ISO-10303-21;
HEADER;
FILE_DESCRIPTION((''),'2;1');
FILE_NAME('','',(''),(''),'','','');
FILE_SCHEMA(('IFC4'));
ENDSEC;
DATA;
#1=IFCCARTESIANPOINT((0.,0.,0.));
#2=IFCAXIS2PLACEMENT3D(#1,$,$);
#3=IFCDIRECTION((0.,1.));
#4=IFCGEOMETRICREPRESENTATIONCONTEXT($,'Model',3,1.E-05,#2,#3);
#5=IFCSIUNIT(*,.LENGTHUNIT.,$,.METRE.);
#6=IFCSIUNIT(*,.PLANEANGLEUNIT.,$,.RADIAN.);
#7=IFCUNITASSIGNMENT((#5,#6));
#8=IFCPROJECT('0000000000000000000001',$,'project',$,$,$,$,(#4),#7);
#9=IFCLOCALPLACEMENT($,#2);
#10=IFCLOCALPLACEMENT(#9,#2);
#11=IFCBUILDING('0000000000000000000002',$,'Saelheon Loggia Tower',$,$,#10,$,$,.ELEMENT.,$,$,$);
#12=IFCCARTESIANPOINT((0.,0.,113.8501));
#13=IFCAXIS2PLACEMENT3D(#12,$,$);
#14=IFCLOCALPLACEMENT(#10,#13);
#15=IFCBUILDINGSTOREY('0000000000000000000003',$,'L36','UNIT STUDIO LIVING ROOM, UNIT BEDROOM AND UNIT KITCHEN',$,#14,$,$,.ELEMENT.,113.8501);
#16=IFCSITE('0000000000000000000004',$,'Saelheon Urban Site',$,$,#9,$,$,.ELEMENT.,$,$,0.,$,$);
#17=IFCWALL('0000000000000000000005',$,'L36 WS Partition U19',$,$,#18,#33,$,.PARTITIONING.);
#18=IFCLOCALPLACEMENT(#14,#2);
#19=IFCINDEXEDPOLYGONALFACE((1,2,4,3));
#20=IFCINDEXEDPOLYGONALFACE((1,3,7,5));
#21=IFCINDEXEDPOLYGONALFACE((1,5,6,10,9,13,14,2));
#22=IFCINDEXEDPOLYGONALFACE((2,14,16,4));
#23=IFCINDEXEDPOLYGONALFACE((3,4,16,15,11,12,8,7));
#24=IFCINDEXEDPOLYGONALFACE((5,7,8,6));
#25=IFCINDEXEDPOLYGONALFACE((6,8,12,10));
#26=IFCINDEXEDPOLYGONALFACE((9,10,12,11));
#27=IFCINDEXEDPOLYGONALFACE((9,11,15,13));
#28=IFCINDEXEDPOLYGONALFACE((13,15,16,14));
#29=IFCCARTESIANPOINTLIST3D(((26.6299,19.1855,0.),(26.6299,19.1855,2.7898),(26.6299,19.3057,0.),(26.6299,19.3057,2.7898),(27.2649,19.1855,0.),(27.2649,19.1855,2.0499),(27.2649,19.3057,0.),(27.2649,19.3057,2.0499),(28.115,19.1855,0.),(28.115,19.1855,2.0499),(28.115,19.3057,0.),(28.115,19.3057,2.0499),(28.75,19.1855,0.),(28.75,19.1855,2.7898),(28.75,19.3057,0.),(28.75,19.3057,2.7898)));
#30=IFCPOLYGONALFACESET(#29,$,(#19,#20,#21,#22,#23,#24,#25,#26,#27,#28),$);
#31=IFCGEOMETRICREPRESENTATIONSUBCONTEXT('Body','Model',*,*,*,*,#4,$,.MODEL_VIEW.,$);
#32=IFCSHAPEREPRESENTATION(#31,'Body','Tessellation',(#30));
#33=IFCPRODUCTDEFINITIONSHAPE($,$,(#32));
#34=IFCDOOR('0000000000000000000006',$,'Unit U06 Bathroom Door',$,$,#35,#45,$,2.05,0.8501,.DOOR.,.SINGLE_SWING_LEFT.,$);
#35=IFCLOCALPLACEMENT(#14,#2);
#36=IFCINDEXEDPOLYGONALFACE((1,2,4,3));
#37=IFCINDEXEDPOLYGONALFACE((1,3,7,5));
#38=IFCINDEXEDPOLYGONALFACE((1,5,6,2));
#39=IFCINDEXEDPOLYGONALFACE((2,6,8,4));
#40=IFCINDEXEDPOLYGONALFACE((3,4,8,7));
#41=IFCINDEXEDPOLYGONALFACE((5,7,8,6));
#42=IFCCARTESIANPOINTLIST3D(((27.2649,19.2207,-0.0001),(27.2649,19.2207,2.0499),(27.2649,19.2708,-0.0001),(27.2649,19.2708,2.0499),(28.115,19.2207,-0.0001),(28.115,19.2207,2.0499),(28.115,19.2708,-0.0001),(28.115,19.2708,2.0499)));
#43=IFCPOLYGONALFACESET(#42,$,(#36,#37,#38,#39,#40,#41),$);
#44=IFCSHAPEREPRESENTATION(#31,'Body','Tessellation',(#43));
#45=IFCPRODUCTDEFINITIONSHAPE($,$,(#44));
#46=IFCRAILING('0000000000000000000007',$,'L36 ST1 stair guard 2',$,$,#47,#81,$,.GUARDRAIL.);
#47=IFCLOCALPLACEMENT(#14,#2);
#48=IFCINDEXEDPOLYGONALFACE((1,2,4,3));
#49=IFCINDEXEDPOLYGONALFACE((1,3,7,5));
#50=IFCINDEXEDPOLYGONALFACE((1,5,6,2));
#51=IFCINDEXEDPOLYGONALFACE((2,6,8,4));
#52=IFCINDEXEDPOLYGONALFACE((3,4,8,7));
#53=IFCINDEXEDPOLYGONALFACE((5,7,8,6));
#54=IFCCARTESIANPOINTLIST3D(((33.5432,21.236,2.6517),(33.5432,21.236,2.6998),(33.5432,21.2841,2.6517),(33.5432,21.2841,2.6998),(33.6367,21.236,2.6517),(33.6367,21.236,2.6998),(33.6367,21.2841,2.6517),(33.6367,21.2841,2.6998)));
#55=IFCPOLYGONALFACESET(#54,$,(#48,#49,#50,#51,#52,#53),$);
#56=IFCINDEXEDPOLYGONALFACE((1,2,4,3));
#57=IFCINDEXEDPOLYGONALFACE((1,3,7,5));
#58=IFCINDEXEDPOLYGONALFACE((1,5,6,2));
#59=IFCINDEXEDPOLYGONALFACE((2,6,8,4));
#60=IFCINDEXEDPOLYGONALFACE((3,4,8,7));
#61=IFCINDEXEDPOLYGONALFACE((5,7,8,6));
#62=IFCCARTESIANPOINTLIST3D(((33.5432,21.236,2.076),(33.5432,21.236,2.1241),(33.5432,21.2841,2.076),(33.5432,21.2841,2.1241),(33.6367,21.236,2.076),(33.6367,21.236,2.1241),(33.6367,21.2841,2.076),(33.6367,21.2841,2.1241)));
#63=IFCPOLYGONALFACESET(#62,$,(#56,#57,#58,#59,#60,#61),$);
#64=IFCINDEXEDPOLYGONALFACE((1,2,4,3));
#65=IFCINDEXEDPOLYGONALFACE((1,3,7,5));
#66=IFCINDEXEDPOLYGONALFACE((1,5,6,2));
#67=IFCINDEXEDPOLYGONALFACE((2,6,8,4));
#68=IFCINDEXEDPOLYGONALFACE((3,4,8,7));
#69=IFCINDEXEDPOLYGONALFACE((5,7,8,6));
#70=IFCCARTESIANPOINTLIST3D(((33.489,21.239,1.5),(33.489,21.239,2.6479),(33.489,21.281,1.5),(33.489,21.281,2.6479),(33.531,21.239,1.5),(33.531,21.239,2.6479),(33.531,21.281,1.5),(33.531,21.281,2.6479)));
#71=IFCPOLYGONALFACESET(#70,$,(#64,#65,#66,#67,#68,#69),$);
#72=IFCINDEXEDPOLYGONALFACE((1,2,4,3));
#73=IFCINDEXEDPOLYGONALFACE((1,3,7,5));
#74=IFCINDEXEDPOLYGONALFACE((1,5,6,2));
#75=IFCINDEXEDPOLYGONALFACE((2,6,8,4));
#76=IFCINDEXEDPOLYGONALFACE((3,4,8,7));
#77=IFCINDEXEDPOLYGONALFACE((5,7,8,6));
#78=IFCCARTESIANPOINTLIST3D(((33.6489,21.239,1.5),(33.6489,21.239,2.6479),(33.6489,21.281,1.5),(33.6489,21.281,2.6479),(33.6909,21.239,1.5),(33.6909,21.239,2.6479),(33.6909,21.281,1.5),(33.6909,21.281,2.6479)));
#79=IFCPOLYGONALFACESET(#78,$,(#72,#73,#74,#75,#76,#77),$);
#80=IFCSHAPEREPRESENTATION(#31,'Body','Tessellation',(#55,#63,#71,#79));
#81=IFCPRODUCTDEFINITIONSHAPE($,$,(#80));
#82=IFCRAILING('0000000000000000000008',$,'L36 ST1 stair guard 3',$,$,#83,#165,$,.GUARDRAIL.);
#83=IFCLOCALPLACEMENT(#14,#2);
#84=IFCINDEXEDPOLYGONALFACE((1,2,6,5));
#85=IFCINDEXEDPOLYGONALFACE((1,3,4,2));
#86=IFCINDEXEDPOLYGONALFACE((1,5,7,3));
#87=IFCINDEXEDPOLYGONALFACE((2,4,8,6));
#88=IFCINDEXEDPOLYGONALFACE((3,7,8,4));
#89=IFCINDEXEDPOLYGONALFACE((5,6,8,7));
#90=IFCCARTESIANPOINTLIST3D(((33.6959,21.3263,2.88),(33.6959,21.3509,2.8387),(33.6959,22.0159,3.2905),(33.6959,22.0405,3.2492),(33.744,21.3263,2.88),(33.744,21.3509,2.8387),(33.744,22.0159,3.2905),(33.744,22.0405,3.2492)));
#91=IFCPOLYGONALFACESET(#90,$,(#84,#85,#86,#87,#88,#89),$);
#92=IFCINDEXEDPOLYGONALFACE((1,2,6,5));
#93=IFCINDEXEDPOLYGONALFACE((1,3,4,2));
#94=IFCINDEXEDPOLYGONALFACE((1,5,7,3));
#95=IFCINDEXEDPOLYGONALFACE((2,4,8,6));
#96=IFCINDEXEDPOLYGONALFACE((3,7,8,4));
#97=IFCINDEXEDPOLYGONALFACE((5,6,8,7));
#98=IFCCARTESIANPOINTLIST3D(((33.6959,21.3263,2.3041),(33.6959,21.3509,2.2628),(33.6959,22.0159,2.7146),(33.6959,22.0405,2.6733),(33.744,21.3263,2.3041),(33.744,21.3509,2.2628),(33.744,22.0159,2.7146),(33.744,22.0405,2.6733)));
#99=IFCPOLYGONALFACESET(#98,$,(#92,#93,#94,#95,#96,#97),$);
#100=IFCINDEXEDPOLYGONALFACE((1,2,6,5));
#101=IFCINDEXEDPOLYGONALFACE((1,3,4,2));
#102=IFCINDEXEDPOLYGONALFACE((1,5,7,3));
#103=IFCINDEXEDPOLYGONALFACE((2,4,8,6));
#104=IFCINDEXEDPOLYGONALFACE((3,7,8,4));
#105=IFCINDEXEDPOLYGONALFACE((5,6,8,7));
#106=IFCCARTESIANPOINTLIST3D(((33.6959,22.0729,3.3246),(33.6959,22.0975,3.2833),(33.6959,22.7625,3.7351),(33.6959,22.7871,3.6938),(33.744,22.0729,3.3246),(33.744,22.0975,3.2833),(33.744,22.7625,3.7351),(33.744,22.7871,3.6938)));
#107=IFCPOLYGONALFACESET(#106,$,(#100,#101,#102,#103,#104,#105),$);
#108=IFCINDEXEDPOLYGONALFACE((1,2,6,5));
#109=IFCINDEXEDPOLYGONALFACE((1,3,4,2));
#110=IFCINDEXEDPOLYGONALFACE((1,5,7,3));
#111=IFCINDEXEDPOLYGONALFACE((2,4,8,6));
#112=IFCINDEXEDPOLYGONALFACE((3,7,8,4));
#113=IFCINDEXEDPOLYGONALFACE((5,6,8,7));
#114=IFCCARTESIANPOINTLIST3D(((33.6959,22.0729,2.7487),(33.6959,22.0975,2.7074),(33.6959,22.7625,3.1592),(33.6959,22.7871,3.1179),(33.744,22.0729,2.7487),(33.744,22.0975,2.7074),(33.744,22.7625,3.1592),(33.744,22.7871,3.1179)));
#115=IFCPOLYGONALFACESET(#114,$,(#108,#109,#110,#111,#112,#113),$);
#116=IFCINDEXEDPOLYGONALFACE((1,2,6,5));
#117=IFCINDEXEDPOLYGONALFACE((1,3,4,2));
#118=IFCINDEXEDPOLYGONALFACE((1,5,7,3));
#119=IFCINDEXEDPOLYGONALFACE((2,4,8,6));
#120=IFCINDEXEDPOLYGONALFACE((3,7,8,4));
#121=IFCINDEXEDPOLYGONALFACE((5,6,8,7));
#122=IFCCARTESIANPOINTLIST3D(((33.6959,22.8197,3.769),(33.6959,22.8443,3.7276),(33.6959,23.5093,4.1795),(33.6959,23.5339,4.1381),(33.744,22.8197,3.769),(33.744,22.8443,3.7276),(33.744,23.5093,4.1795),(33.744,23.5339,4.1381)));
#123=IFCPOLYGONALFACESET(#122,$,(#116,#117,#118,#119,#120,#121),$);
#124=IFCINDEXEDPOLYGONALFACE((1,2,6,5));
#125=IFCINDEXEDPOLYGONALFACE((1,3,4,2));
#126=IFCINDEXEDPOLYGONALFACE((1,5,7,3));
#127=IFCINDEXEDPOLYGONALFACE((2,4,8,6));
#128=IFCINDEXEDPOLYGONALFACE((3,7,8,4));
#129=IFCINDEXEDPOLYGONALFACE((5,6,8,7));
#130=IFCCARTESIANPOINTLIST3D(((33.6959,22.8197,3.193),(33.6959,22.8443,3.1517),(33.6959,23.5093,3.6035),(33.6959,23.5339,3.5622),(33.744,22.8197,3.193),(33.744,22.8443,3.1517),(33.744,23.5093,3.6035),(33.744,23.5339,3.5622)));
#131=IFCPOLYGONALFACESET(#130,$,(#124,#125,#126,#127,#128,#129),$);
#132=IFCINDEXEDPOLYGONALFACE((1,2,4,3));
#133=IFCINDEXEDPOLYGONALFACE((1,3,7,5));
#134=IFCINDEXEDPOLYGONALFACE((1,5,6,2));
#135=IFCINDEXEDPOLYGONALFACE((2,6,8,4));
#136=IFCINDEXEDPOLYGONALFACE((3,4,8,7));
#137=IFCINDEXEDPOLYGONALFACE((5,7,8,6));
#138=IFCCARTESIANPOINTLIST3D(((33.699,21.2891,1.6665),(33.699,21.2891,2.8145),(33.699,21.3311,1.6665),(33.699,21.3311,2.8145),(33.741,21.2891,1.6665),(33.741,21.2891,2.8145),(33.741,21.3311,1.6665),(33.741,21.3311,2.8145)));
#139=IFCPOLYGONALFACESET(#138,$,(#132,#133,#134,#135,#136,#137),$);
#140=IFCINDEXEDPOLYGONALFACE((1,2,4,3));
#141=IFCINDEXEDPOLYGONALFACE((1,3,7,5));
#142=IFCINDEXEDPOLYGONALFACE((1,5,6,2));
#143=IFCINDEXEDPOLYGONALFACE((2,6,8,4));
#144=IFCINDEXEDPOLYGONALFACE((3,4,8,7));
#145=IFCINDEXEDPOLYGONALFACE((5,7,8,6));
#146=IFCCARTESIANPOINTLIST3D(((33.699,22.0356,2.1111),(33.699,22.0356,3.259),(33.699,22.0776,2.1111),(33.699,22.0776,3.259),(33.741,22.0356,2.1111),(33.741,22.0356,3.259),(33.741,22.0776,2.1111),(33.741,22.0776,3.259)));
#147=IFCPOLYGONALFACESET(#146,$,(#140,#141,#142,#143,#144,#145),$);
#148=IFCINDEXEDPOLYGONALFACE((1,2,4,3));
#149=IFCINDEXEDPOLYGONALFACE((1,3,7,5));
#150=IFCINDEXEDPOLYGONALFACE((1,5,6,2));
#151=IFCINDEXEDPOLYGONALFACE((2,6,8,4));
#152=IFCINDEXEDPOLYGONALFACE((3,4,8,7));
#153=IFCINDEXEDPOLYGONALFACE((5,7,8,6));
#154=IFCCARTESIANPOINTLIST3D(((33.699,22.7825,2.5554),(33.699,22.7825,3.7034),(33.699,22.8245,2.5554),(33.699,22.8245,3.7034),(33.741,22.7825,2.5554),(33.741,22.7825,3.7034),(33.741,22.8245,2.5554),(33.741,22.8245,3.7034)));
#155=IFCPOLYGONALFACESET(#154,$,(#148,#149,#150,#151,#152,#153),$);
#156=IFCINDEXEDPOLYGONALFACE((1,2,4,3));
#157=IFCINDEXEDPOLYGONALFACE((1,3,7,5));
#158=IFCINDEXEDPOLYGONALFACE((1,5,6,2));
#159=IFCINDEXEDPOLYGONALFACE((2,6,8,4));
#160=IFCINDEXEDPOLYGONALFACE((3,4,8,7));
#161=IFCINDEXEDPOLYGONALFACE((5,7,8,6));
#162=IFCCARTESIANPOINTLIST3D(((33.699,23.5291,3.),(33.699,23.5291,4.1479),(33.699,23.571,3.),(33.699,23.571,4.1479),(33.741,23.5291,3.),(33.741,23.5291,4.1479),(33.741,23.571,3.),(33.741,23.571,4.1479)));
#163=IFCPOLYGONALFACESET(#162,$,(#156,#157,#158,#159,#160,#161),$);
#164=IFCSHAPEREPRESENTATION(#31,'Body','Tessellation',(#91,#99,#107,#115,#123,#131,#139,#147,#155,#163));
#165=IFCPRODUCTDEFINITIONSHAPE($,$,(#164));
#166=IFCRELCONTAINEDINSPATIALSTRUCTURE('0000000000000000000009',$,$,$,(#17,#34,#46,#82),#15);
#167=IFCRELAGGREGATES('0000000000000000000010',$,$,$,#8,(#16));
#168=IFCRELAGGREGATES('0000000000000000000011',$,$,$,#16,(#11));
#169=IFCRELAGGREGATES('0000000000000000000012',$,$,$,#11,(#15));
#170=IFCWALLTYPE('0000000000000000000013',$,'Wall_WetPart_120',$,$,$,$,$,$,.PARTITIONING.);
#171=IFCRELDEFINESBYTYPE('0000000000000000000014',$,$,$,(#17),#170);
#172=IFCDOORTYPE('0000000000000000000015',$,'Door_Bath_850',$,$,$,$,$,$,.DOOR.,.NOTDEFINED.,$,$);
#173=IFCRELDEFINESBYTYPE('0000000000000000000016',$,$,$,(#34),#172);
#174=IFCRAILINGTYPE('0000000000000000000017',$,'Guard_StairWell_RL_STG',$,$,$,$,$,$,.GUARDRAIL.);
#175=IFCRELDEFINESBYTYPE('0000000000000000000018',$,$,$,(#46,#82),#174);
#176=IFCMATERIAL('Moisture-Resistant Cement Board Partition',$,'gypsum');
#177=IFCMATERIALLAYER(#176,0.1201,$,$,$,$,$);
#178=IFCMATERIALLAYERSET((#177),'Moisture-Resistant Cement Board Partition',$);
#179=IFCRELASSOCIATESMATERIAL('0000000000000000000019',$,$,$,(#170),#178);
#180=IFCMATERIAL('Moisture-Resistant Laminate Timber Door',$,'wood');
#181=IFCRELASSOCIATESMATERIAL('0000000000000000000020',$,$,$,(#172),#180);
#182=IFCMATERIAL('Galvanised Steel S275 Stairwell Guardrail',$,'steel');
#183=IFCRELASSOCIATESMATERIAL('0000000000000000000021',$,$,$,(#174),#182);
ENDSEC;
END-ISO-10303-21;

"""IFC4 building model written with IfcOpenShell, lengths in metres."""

from ifc_helpers import new_model, si_unit, direction, frame, frame_2d, origin, origin_2d, place, context, subcontext, project, spatial, rectangle, extrude, source, transform, mapped, material, layer, layer_set, type_object, element, fill, save


model = new_model("IFC4")

# Units and contexts
model_context = context("Model", 3, precision=1e-05, world=origin(), true_north=direction((0.0, 1.0)))
body_context = subcontext(model_context, "Body", "Model", "MODEL_VIEW")
ifc_project = project(units=[si_unit("LENGTHUNIT", "METRE"), si_unit("PLANEANGLEUNIT", "RADIAN")], contexts=[model_context])

# Site, building, storey
site_placement = place(None, origin())
site = spatial("IfcSite", under=ifc_project, at=site_placement, Name="Saelheon Urban Site", CompositionType="ELEMENT", RefElevation=0.0)
building_placement = place(site_placement, origin())
building = spatial("IfcBuilding", under=site, at=building_placement, Name="Saelheon Loggia Tower", CompositionType="ELEMENT")
storey_placement = place(building_placement, frame((0.0, 0.0, 113.8501)))
storey = spatial("IfcBuildingStorey", under=building, at=storey_placement, Name="L36", Description="UNIT STUDIO LIVING ROOM, UNIT BEDROOM AND UNIT KITCHEN", CompositionType="ELEMENT", Elevation=113.8501)

# Wall, opening, door
ifc_material_1 = material(Name="Moisture-Resistant Cement Board Partition", Category="gypsum")
ifc_layer_1 = layer(ifc_material_1, 0.1201)
ifc_layer_set_1 = layer_set([ifc_layer_1], Name="Moisture-Resistant Cement Board Partition")
wall_type_1 = type_object("IfcWallType", Name="Wall_WetPart_120", PredefinedType="PARTITIONING", material=ifc_layer_set_1)
ifc_material_2 = material(Name="Moisture-Resistant Laminate Timber Door", Category="wood")
door_type_1 = type_object("IfcDoorType", Name="Door_Bath_850", OperationType="NOTDEFINED", PredefinedType="DOOR", material=ifc_material_2)
shared_shape_1 = source(origin(), body_context, "Body", "SweptSolid", [
    extrude(rectangle(XDim=0.8501, YDim=2.05, at=frame_2d((0.425, 1.0249))), frame((0.0, 0.0249, 0.0), z_axis=(0.0, -1.0, 0.0), x_axis=(1.0, 0.0, 0.0)), (0.0, 0.0, 1.0), 0.05),
])
wall_1_placement = place(storey_placement, frame((28.75, 19.2456, 0.0), z_axis=(0.0, 0.0, 1.0), x_axis=(-1.0, 0.0, 0.0)))
wall_1 = element("IfcWall", 1, at=wall_1_placement, inside=storey, type_object=wall_type_1, Name="L36 WS Partition U19", PredefinedType="PARTITIONING", context=body_context, shape_type="SweptSolid", body=[
    extrude(rectangle(XDim=2.1201, YDim=0.1201, at=frame_2d((1.0601, 0.0))), origin(), (0.0, 0.0, 1.0), 2.7898),
])
opening_1_placement = place(wall_1_placement, frame((0.635, 0.0, 0.0)))
opening_1 = element("IfcOpeningElement", 2, at=opening_1_placement, cuts=wall_1, PredefinedType="OPENING", context=body_context, shape_type="SweptSolid", body=[
    extrude(rectangle(XDim=0.8501, YDim=2.05, at=frame_2d((0.425, 1.0249))), frame((0.0, 0.072, 0.0), z_axis=(0.0, -1.0, 0.0), x_axis=(1.0, 0.0, 0.0)), (0.0, 0.0, 1.0), 0.144),
])
door_1_placement = place(opening_1_placement, origin())
door_1 = element("IfcDoor", 3, at=door_1_placement, inside=storey, type_object=door_type_1, Name="Unit U06 Bathroom Door", OperationType="SINGLE_SWING_LEFT", OverallHeight=2.05, OverallWidth=0.8501, PredefinedType="DOOR", context=body_context, shape_type="MappedRepresentation", body=[
    mapped(shared_shape_1, transform((0.0, 0.0, 0.0), scale=1.0)),
])
fill(opening_1, door_1)

# Railings
ifc_material_3 = material(Name="Galvanised Steel S275 Stairwell Guardrail", Category="steel")
railing_type_1 = type_object("IfcRailingType", Name="Guard_StairWell_RL_STG", PredefinedType="GUARDRAIL", material=ifc_material_3)
railing_1_placement = place(storey_placement, frame((33.51, 21.26, 1.5)))
element("IfcRailing", 4, at=railing_1_placement, inside=storey, type_object=railing_type_1, Name="L36 ST1 stair guard 2", PredefinedType="GUARDRAIL", context=body_context, shape_type="SweptSolid", body=[
    extrude(rectangle(XDim=0.0481, YDim=0.0481, at=origin_2d()), frame((0.0332, 0.0, 1.1758), z_axis=(1.0, 0.0, 0.0), x_axis=(0.0, 1.0, 0.0)), (0.0, 0.0, 1.0), 0.0935),
    extrude(rectangle(XDim=0.0481, YDim=0.0481, at=origin_2d()), frame((0.0332, 0.0, 0.6001), z_axis=(1.0, 0.0, 0.0), x_axis=(0.0, 1.0, 0.0)), (0.0, 0.0, 1.0), 0.0935),
    extrude(rectangle(XDim=0.042, YDim=0.042, at=origin_2d()), origin(), (0.0, 0.0, 1.0), 1.1479),
    extrude(rectangle(XDim=0.042, YDim=0.042, at=origin_2d()), frame((0.1599, 0.0, 0.0)), (0.0, 0.0, 1.0), 1.1479),
])
railing_2_placement = place(storey_placement, frame((33.72, 21.3101, 1.6665)))
element("IfcRailing", 5, at=railing_2_placement, inside=storey, type_object=railing_type_1, Name="L36 ST1 stair guard 3", PredefinedType="GUARDRAIL", context=body_context, shape_type="SweptSolid", body=[
    extrude(rectangle(XDim=0.0481, YDim=0.0481, at=origin_2d()), frame((0.0, 0.0286, 1.1929), z_axis=(0.0, 0.859264, 0.511532), x_axis=(-1.0, 0.0, 0.0)), (0.0, 0.0, 1.0), 0.8025),
    extrude(rectangle(XDim=0.0481, YDim=0.0481, at=origin_2d()), frame((0.0, 0.0286, 0.6169), z_axis=(0.0, 0.859264, 0.511532), x_axis=(-1.0, 0.0, 0.0)), (0.0, 0.0, 1.0), 0.8025),
    extrude(rectangle(XDim=0.0481, YDim=0.0481, at=origin_2d()), frame((0.0, 0.7751, 1.6375), z_axis=(0.0, 0.859264, 0.511532), x_axis=(-1.0, 0.0, 0.0)), (0.0, 0.0, 1.0), 0.8025),
    extrude(rectangle(XDim=0.0481, YDim=0.0481, at=origin_2d()), frame((0.0, 0.7751, 1.0615), z_axis=(0.0, 0.859264, 0.511532), x_axis=(-1.0, 0.0, 0.0)), (0.0, 0.0, 1.0), 0.8025),
    extrude(rectangle(XDim=0.0481, YDim=0.0481, at=origin_2d()), frame((0.0, 1.522, 2.0818), z_axis=(0.0, 0.859264, 0.511532), x_axis=(-1.0, 0.0, 0.0)), (0.0, 0.0, 1.0), 0.8025),
    extrude(rectangle(XDim=0.0481, YDim=0.0481, at=origin_2d()), frame((0.0, 1.522, 1.5059), z_axis=(0.0, 0.859264, 0.511532), x_axis=(-1.0, 0.0, 0.0)), (0.0, 0.0, 1.0), 0.8025),
    extrude(rectangle(XDim=0.042, YDim=0.042, at=origin_2d()), origin(), (0.0, 0.0, 1.0), 1.1479),
    extrude(rectangle(XDim=0.042, YDim=0.042, at=origin_2d()), frame((0.0, 0.7466, 0.4446)), (0.0, 0.0, 1.0), 1.1479),
    extrude(rectangle(XDim=0.042, YDim=0.042, at=origin_2d()), frame((0.0, 1.4934, 0.8889)), (0.0, 0.0, 1.0), 1.1479),
    extrude(rectangle(XDim=0.042, YDim=0.042, at=origin_2d()), frame((0.0, 2.24, 1.3335)), (0.0, 0.0, 1.0), 1.1479),
])

save(model, "model.ifc")
